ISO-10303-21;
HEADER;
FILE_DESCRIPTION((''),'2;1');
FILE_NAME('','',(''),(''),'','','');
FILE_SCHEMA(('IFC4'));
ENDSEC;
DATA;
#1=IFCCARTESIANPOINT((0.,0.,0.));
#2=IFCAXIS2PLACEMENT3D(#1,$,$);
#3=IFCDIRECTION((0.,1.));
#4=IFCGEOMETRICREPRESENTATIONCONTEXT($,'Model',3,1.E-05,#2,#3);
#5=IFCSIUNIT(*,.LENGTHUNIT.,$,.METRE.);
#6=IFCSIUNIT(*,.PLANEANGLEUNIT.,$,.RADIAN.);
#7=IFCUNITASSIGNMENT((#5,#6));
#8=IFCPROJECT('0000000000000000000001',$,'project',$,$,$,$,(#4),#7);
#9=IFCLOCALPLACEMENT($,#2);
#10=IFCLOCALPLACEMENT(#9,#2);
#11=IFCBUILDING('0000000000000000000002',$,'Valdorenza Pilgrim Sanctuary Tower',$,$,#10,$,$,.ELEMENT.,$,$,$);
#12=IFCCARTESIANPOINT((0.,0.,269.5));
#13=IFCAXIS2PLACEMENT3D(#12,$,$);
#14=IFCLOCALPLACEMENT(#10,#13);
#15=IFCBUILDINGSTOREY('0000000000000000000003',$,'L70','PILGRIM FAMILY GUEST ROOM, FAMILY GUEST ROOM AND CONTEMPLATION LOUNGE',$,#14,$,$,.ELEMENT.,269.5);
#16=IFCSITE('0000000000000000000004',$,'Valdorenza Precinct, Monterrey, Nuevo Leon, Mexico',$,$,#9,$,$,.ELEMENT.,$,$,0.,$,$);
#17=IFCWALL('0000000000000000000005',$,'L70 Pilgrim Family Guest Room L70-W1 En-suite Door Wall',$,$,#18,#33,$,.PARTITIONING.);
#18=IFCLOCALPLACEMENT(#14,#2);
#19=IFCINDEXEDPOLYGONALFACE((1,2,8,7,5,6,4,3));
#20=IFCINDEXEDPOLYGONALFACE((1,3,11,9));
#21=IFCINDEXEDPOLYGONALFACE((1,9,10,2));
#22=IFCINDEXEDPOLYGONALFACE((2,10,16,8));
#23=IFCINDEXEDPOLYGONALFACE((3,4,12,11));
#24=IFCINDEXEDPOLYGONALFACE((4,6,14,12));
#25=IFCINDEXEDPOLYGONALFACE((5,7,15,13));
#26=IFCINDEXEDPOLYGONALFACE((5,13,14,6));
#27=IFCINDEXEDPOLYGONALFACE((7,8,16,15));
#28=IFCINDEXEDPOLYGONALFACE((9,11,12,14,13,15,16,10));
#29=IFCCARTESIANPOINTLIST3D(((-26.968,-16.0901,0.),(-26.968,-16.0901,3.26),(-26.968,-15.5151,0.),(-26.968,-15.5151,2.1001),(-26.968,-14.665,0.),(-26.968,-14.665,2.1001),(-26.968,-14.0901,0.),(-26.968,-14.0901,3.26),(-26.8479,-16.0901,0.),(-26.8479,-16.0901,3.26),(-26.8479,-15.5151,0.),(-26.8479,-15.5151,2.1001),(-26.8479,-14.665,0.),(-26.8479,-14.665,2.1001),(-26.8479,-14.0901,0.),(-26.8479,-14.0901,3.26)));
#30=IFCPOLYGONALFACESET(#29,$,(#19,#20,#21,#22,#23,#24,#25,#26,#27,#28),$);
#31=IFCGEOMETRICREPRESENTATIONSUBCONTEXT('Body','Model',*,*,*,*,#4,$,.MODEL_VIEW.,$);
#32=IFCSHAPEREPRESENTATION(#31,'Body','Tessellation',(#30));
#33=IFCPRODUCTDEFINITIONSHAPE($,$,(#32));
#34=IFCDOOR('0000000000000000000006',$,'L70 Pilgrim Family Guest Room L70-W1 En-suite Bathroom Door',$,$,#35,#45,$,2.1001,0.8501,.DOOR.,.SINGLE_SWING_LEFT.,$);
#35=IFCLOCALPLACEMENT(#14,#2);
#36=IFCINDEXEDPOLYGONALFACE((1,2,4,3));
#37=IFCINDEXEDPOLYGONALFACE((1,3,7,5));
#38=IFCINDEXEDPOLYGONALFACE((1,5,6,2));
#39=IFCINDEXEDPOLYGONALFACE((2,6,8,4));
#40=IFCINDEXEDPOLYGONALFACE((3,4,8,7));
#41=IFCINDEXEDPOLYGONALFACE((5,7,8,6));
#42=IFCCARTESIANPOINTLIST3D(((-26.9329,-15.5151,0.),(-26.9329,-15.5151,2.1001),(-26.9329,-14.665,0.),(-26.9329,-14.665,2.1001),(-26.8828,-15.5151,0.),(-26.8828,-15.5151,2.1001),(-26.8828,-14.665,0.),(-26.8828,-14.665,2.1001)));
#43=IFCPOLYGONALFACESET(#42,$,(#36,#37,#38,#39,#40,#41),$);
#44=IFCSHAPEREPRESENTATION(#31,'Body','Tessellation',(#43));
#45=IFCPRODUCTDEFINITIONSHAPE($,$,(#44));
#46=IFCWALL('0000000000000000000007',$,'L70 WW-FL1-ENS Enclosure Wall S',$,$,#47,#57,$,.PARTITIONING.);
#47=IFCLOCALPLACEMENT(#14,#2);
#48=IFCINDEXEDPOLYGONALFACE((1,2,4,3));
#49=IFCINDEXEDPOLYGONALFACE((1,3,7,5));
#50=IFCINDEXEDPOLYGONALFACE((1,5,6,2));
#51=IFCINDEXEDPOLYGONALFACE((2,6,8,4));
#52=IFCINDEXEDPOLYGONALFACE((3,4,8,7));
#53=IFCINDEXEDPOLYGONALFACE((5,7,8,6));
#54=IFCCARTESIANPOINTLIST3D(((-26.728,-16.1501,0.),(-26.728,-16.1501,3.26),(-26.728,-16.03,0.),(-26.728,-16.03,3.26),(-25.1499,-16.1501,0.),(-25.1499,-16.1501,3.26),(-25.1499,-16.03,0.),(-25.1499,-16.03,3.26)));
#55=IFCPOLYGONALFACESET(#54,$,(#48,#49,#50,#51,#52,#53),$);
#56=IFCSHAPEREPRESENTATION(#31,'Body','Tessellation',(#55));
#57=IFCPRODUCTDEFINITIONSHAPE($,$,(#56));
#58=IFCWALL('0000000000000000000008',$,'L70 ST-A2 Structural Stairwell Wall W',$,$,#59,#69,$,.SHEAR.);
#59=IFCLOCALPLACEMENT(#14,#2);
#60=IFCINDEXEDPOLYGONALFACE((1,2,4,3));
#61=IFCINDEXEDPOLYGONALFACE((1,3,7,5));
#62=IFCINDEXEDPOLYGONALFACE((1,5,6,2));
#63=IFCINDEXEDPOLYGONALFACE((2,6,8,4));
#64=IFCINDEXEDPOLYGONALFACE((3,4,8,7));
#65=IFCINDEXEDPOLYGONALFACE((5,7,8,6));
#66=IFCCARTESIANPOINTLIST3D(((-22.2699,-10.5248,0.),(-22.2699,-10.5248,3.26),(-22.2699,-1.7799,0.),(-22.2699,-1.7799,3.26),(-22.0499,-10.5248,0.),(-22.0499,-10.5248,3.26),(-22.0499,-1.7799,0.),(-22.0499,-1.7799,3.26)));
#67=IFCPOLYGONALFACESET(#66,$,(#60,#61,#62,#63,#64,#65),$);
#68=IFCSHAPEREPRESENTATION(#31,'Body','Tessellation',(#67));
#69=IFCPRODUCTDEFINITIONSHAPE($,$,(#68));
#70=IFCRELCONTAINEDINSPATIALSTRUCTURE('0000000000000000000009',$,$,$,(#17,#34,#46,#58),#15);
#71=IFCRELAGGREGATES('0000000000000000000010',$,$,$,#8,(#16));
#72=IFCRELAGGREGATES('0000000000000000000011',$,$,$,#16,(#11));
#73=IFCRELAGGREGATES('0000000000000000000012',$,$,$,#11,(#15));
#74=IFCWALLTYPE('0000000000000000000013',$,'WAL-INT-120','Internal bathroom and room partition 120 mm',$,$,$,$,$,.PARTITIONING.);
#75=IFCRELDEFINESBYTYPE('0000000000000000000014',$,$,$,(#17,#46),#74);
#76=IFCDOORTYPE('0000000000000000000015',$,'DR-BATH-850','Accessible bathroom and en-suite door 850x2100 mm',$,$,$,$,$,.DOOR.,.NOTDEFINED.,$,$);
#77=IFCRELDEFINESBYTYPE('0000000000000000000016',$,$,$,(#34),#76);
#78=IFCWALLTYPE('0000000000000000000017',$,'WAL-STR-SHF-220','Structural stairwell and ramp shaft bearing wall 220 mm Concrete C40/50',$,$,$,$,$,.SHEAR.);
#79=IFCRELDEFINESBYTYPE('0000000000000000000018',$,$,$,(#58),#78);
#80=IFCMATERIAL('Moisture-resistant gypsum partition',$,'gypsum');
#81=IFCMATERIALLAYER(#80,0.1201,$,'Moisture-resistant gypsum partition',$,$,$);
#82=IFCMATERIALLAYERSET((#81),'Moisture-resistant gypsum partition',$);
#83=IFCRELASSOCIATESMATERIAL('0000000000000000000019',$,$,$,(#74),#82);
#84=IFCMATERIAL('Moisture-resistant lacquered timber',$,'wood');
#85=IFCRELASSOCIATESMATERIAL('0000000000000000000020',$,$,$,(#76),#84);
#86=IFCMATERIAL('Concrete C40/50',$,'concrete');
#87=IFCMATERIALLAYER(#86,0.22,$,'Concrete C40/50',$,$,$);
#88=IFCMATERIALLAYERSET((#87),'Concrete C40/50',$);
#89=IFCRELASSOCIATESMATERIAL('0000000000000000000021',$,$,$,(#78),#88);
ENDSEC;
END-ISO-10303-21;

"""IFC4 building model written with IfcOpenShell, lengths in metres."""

from ifc_helpers import new_model, si_unit, direction, frame, frame_2d, origin, place, context, subcontext, project, spatial, rectangle, extrude, material, layer, layer_set, type_object, element, fill, save


model = new_model("IFC4")

# Units and contexts
model_context = context("Model", 3, precision=1e-05, world=origin(), true_north=direction((0.0, 1.0)))
body_context = subcontext(model_context, "Body", "Model", "MODEL_VIEW")
ifc_project = project(units=[si_unit("LENGTHUNIT", "METRE"), si_unit("PLANEANGLEUNIT", "RADIAN")], contexts=[model_context])

# Site, building, storey
site_placement = place(None, origin())
site = spatial("IfcSite", under=ifc_project, at=site_placement, Name="Valdorenza Precinct, Monterrey, Nuevo Leon, Mexico", CompositionType="ELEMENT", RefElevation=0.0)
building_placement = place(site_placement, origin())
building = spatial("IfcBuilding", under=site, at=building_placement, Name="Valdorenza Pilgrim Sanctuary Tower", CompositionType="ELEMENT")
storey_placement = place(building_placement, frame((0.0, 0.0, 269.5)))
storey = spatial("IfcBuildingStorey", under=building, at=storey_placement, Name="L70", Description="PILGRIM FAMILY GUEST ROOM, FAMILY GUEST ROOM AND CONTEMPLATION LOUNGE", CompositionType="ELEMENT", Elevation=269.5)

# Shared definitions
ifc_material_1 = material(Name="Moisture-resistant gypsum partition", Category="gypsum")
ifc_layer_1 = layer(ifc_material_1, 0.1201, Name="Moisture-resistant gypsum partition")
ifc_layer_set_1 = layer_set([ifc_layer_1], Name="Moisture-resistant gypsum partition")
wall_type_1 = type_object("IfcWallType", Name="WAL-INT-120", Description="Internal bathroom and room partition 120 mm", PredefinedType="PARTITIONING", material=ifc_layer_set_1)

# Wall, opening, door
wall_1_placement = place(storey_placement, frame((-26.908, -16.0901, 0.0), z_axis=(0.0, 0.0, 1.0), x_axis=(0.0, 1.0, 0.0)))
wall_1 = element("IfcWall", 1, at=wall_1_placement, inside=storey, type_object=wall_type_1, Name="L70 Pilgrim Family Guest Room L70-W1 En-suite Door Wall", PredefinedType="PARTITIONING", context=body_context, shape_type="SweptSolid", body=[
    extrude(rectangle(XDim=2.0, YDim=0.1201, at=frame_2d((1.0, 0.0))), origin(), (0.0, 0.0, 1.0), 3.26),
])
opening_1_placement = place(wall_1_placement, frame((0.575, 0.0, 0.0)))
opening_1 = element("IfcOpeningElement", 2, at=opening_1_placement, cuts=wall_1, PredefinedType="OPENING", context=body_context, shape_type="SweptSolid", body=[
    extrude(rectangle(XDim=0.8501, YDim=2.1001, at=frame_2d((0.425, 1.05))), frame((0.0, 0.075, 0.0), z_axis=(0.0, -1.0, 0.0), x_axis=(1.0, 0.0, 0.0)), (0.0, 0.0, 1.0), 0.1499),
])
ifc_material_2 = material(Name="Moisture-resistant lacquered timber", Category="wood")
door_type_1 = type_object("IfcDoorType", Name="DR-BATH-850", Description="Accessible bathroom and en-suite door 850x2100 mm", OperationType="NOTDEFINED", PredefinedType="DOOR", material=ifc_material_2)
door_1_placement = place(opening_1_placement, origin())
door_1 = element("IfcDoor", 3, at=door_1_placement, inside=storey, type_object=door_type_1, Name="L70 Pilgrim Family Guest Room L70-W1 En-suite Bathroom Door", OperationType="SINGLE_SWING_LEFT", OverallHeight=2.1001, OverallWidth=0.8501, PredefinedType="DOOR", context=body_context, shape_type="SweptSolid", body=[
    extrude(rectangle(XDim=0.8501, YDim=2.1001, at=frame_2d((0.425, 1.05))), frame((0.0, 0.0249, 0.0), z_axis=(0.0, -1.0, 0.0), x_axis=(1.0, 0.0, 0.0)), (0.0, 0.0, 1.0), 0.05),
])
fill(opening_1, door_1)

# Walls
wall_2_placement = place(storey_placement, frame((-26.728, -16.0901, 0.0), z_axis=(0.0, 0.0, 1.0), x_axis=(1.0, 0.0, 0.0)))
element("IfcWall", 4, at=wall_2_placement, inside=storey, type_object=wall_type_1, Name="L70 WW-FL1-ENS Enclosure Wall S", PredefinedType="PARTITIONING", context=body_context, shape_type="SweptSolid", body=[
    extrude(rectangle(XDim=1.5781, YDim=0.1201, at=frame_2d((0.7891, 0.0))), origin(), (0.0, 0.0, 1.0), 3.26),
])
ifc_material_3 = material(Name="Concrete C40/50", Category="concrete")
ifc_layer_2 = layer(ifc_material_3, 0.22, Name="Concrete C40/50")
ifc_layer_set_2 = layer_set([ifc_layer_2], Name="Concrete C40/50")
wall_type_2 = type_object("IfcWallType", Name="WAL-STR-SHF-220", Description="Structural stairwell and ramp shaft bearing wall 220 mm Concrete C40/50", PredefinedType="SHEAR", material=ifc_layer_set_2)
wall_3_placement = place(storey_placement, frame((-22.1599, -10.5249, 0.0), z_axis=(0.0, 0.0, 1.0), x_axis=(0.0, 1.0, 0.0)))
element("IfcWall", 5, at=wall_3_placement, inside=storey, type_object=wall_type_2, Name="L70 ST-A2 Structural Stairwell Wall W", PredefinedType="SHEAR", context=body_context, shape_type="SweptSolid", body=[
    extrude(rectangle(XDim=8.7449, YDim=0.22, at=frame_2d((4.3726, 0.0))), origin(), (0.0, 0.0, 1.0), 3.26),
])

save(model, "model.ifc")
